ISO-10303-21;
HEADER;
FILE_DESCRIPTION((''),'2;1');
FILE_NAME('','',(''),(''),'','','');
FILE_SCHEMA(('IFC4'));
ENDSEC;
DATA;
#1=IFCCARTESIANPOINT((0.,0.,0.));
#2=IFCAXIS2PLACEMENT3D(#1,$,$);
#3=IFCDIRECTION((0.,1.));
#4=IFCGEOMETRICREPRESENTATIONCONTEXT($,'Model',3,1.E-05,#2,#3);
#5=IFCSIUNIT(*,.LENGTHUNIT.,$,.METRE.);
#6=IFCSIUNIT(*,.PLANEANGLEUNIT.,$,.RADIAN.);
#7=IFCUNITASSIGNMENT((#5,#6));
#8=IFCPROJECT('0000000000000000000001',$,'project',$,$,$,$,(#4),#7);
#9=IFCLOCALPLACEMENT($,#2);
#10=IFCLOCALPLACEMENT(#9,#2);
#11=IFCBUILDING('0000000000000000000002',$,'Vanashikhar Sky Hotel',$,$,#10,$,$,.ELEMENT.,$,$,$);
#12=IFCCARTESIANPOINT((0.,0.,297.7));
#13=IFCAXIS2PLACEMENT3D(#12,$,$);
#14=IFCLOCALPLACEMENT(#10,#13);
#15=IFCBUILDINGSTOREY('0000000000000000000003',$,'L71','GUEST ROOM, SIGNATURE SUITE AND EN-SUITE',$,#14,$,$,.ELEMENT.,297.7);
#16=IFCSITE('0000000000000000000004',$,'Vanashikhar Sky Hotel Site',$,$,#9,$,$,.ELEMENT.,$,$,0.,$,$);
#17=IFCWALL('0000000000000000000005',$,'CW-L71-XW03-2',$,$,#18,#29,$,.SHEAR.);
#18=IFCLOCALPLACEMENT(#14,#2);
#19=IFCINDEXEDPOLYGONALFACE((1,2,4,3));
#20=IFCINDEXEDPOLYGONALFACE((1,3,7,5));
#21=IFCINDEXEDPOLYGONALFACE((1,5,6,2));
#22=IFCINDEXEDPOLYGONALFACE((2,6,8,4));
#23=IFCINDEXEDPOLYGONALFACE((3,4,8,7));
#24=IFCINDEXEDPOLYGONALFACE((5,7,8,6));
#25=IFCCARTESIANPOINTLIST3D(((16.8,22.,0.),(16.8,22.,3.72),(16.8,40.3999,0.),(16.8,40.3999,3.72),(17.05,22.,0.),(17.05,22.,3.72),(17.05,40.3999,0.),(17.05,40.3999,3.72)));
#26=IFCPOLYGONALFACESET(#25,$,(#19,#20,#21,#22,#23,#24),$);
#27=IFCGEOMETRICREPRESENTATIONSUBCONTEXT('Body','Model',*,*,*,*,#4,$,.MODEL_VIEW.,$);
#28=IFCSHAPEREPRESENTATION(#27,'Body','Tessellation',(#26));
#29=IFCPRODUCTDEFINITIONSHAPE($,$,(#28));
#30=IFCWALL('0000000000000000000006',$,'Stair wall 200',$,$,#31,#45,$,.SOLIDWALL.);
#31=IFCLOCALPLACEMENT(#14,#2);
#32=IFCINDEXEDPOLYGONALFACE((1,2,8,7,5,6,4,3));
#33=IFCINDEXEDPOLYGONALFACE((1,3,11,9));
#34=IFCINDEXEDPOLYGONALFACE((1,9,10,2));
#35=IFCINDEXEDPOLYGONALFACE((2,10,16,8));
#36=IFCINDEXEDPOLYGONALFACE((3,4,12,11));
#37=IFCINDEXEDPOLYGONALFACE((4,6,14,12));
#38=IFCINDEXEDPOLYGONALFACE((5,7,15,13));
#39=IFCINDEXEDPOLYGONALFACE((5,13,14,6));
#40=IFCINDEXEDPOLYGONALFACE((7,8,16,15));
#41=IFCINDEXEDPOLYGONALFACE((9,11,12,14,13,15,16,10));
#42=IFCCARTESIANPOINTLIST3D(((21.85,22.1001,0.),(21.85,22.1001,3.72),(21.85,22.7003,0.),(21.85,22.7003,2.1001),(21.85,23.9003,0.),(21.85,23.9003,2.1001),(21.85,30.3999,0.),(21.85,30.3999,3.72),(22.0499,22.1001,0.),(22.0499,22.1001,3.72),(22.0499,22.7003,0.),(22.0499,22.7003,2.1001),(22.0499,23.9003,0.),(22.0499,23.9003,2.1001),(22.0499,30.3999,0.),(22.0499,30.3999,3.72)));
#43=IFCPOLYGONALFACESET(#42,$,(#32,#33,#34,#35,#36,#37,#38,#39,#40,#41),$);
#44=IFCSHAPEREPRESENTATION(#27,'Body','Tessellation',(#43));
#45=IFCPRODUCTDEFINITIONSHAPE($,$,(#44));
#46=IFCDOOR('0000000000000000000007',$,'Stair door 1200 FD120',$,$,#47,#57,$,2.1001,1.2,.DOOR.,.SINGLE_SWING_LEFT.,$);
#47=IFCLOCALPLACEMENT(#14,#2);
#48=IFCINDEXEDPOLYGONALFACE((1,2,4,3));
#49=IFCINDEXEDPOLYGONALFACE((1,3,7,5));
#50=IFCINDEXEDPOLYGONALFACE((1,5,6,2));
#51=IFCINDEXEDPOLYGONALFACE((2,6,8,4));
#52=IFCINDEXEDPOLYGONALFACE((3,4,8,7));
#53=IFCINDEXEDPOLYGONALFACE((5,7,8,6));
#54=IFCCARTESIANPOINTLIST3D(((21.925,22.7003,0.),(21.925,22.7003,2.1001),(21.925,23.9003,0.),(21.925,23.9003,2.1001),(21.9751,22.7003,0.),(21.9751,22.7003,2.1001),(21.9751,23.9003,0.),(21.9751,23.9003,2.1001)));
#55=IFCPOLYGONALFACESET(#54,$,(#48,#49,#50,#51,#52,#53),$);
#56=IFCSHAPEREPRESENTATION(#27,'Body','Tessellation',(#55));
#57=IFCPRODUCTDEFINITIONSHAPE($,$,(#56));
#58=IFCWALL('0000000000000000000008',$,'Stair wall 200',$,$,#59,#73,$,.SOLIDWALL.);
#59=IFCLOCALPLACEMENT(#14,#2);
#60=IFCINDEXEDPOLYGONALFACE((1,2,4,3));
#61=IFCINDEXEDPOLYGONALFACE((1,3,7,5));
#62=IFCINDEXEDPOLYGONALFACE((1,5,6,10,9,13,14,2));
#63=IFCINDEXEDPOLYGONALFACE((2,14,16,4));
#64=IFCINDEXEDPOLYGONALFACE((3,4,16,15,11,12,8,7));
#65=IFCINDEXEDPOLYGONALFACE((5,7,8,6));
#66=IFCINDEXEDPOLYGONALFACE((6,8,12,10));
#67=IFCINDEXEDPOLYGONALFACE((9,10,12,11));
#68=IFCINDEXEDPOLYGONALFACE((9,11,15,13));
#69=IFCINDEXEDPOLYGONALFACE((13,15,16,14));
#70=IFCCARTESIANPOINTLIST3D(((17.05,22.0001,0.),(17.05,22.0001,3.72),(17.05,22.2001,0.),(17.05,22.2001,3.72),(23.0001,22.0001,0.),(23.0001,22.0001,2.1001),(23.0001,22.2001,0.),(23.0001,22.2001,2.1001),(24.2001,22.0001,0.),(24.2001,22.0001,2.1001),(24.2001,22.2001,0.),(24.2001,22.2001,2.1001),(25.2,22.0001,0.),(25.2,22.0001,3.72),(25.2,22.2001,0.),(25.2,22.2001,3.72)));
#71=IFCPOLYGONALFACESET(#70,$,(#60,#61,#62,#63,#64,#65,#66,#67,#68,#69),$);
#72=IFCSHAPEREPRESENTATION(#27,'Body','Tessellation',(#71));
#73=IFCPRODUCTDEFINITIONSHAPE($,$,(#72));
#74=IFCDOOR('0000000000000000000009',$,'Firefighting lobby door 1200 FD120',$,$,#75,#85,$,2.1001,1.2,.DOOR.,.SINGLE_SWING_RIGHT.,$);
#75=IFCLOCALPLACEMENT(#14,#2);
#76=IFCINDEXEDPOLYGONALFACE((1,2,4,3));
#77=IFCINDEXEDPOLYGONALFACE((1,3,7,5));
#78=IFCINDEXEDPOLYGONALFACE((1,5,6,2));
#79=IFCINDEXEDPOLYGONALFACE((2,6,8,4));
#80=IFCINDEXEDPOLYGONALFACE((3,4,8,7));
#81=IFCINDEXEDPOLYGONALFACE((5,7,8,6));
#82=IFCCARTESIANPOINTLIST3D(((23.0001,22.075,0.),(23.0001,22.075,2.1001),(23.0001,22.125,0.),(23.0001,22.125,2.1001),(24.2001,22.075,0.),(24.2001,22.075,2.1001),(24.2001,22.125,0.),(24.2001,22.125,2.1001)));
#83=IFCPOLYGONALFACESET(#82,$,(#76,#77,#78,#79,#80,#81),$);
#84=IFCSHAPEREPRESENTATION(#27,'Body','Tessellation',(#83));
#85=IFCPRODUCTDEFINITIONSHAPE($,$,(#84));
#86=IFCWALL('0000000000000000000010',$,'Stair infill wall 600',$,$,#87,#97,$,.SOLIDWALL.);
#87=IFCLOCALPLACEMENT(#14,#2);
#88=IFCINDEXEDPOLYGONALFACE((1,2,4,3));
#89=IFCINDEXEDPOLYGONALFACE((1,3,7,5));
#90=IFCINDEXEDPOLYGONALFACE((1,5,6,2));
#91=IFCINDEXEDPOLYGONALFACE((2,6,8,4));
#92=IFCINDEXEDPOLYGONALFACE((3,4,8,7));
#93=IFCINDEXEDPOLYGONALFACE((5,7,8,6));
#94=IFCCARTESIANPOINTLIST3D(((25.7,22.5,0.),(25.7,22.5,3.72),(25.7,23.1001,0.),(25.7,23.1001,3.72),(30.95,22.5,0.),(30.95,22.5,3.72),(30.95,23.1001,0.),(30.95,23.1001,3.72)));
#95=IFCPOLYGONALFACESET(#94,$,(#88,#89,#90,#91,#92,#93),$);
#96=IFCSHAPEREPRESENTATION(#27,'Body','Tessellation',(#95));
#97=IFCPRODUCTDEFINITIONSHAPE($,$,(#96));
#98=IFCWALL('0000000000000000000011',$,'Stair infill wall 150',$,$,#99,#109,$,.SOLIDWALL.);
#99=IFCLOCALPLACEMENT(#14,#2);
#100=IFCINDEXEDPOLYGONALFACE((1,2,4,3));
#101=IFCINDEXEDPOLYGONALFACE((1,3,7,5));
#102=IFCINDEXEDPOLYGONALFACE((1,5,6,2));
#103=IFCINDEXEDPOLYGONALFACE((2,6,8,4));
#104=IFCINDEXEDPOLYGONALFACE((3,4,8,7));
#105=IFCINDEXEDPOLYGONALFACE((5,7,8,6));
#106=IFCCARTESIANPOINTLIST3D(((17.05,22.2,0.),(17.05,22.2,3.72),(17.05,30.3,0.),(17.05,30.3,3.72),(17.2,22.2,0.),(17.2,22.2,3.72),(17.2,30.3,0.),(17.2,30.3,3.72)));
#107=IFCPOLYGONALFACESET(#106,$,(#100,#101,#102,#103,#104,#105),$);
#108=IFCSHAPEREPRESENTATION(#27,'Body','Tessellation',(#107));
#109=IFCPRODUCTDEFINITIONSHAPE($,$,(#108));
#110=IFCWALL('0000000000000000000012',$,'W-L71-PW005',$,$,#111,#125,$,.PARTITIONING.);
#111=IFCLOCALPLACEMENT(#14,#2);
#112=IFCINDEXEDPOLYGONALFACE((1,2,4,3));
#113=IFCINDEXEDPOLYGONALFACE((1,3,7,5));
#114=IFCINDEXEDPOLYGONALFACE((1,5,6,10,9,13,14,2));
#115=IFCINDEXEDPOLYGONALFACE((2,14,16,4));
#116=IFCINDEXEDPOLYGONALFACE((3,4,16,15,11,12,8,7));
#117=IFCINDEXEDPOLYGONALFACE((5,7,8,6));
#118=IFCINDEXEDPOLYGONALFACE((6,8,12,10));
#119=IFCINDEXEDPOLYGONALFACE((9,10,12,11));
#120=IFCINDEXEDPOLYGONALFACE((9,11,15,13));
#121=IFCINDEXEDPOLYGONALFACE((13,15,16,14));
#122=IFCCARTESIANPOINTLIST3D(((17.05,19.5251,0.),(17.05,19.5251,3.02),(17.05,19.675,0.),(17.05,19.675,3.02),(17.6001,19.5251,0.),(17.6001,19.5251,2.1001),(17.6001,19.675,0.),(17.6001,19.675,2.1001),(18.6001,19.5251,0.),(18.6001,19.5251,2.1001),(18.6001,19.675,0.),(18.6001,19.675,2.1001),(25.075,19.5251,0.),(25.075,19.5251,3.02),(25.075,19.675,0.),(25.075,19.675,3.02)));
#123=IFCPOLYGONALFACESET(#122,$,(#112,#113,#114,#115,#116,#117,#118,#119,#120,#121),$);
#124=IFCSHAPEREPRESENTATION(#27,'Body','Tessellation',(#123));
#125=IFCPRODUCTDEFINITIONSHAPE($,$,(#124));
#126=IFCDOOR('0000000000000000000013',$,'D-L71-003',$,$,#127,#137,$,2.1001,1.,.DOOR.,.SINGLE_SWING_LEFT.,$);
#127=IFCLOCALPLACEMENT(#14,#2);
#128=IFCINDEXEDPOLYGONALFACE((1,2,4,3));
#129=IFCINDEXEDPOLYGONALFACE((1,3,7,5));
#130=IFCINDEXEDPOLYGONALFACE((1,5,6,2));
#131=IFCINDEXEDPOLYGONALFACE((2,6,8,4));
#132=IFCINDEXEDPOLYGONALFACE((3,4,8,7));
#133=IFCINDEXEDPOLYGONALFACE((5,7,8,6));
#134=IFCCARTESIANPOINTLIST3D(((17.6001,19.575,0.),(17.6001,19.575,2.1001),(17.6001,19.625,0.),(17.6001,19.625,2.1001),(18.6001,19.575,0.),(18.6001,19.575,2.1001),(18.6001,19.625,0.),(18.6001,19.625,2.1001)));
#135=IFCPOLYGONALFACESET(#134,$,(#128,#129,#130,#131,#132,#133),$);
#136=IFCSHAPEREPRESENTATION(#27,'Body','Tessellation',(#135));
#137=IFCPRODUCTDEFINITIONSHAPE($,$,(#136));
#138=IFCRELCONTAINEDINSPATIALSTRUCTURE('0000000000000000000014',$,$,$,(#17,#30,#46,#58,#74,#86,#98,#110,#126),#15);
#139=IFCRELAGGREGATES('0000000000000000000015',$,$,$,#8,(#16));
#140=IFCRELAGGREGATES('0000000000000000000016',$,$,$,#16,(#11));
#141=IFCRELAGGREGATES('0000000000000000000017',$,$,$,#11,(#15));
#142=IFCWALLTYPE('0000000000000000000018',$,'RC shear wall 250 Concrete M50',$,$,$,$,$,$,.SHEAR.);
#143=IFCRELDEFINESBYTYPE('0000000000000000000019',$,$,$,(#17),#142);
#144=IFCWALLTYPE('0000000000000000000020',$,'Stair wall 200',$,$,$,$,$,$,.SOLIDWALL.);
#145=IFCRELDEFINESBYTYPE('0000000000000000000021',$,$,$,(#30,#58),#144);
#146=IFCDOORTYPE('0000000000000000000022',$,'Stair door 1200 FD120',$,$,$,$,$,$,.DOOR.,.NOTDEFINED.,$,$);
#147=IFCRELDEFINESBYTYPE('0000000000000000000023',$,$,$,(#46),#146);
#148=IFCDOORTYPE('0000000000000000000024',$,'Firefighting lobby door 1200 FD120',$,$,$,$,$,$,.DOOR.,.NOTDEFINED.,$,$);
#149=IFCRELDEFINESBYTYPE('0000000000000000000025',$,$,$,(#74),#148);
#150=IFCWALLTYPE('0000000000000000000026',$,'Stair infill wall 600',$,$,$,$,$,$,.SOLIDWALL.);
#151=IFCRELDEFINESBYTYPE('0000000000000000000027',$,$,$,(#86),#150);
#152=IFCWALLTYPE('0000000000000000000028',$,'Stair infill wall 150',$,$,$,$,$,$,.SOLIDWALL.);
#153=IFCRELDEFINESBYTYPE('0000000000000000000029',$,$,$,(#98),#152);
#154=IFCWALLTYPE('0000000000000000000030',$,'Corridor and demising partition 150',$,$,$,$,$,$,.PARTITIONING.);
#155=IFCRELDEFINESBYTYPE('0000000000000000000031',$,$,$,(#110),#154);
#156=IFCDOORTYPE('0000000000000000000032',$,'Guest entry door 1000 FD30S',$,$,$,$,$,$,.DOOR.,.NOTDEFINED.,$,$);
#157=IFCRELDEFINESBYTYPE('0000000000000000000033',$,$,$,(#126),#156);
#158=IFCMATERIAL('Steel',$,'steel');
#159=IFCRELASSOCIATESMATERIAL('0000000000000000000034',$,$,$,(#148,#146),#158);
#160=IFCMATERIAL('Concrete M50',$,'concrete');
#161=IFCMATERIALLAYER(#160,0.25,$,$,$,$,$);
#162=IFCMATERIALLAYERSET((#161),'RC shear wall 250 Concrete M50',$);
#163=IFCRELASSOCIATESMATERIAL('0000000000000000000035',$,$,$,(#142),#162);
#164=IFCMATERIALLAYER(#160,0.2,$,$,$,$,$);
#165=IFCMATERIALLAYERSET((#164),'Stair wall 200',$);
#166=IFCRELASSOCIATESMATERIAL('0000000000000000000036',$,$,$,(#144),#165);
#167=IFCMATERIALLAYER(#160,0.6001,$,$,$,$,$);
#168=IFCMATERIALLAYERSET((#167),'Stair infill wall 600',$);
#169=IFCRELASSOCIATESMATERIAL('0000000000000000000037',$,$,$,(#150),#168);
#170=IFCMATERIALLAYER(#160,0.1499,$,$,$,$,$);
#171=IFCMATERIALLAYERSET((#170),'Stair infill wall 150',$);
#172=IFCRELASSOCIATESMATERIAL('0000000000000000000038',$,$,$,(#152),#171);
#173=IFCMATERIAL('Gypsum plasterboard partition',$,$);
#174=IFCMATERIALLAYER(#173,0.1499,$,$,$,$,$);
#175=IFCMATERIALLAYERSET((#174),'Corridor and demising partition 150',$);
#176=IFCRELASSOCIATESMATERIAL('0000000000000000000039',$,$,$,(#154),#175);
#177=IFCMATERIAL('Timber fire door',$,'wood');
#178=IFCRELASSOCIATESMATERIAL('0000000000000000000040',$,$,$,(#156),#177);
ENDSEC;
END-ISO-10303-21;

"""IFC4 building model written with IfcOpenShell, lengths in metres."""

from ifc_helpers import new_model, si_unit, direction, frame, frame_2d, origin, place, context, subcontext, project, spatial, rectangle, extrude, source, transform, mapped, material, layer, layer_set, type_object, element, fill, save


model = new_model("IFC4")

# Units and contexts
model_context = context("Model", 3, precision=1e-05, world=origin(), true_north=direction((0.0, 1.0)))
body_context = subcontext(model_context, "Body", "Model", "MODEL_VIEW")
ifc_project = project(units=[si_unit("LENGTHUNIT", "METRE"), si_unit("PLANEANGLEUNIT", "RADIAN")], contexts=[model_context])

# Site, building, storey
site_placement = place(None, origin())
site = spatial("IfcSite", under=ifc_project, at=site_placement, Name="Vanashikhar Sky Hotel Site", CompositionType="ELEMENT", RefElevation=0.0)
building_placement = place(site_placement, origin())
building = spatial("IfcBuilding", under=site, at=building_placement, Name="Vanashikhar Sky Hotel", CompositionType="ELEMENT")
storey_placement = place(building_placement, frame((0.0, 0.0, 297.7)))
storey = spatial("IfcBuildingStorey", under=building, at=storey_placement, Name="L71", Description="GUEST ROOM, SIGNATURE SUITE AND EN-SUITE", CompositionType="ELEMENT", Elevation=297.7)

# Shared definitions
ifc_material_1 = material(Name="Concrete M50", Category="concrete")

# Shared definitions
ifc_material_2 = material(Name="Steel", Category="steel")
door_type_1 = type_object("IfcDoorType", Name="Firefighting lobby door 1200 FD120", OperationType="NOTDEFINED", PredefinedType="DOOR", material=ifc_material_2)

# Wall
ifc_layer_1 = layer(ifc_material_1, 0.25)
ifc_layer_set_1 = layer_set([ifc_layer_1], Name="RC shear wall 250 Concrete M50")
wall_type_1 = type_object("IfcWallType", Name="RC shear wall 250 Concrete M50", PredefinedType="SHEAR", material=ifc_layer_set_1)
shared_shape_1 = source(origin(), body_context, "Body", "SweptSolid", [
    extrude(rectangle(XDim=18.3999, YDim=0.25, at=frame_2d((9.2, 0.0))), origin(), (0.0, 0.0, 1.0), 3.72),
])
wall_1_placement = place(storey_placement, frame((16.925, 22.0, 0.0), z_axis=(0.0, 0.0, 1.0), x_axis=(0.0, 1.0, 0.0)))
element("IfcWall", 1, at=wall_1_placement, inside=storey, type_object=wall_type_1, Name="CW-L71-XW03-2", PredefinedType="SHEAR", context=body_context, shape_type="MappedRepresentation", body=[
    mapped(shared_shape_1, transform((0.0, 0.0, 0.0), scale=1.0)),
])

# Walls, openings, doors
ifc_layer_2 = layer(ifc_material_1, 0.2)
ifc_layer_set_2 = layer_set([ifc_layer_2], Name="Stair wall 200")
wall_type_2 = type_object("IfcWallType", Name="Stair wall 200", PredefinedType="SOLIDWALL", material=ifc_layer_set_2)
shared_shape_2 = source(origin(), body_context, "Body", "SweptSolid", [
    extrude(rectangle(XDim=8.2998, YDim=0.2, at=frame_2d((4.1499, 0.0))), origin(), (0.0, 0.0, 1.0), 3.72),
])
wall_2_placement = place(storey_placement, frame((21.95, 22.1001, 0.0), z_axis=(0.0, 0.0, 1.0), x_axis=(0.0, 1.0, 0.0)))
wall_2 = element("IfcWall", 2, at=wall_2_placement, inside=storey, type_object=wall_type_2, Name="Stair wall 200", PredefinedType="SOLIDWALL", context=body_context, shape_type="MappedRepresentation", body=[
    mapped(shared_shape_2, transform((0.0, 0.0, 0.0), scale=1.0)),
])
shared_shape_3 = source(origin(), body_context, "Body", "SweptSolid", [
    extrude(rectangle(XDim=1.2, YDim=2.1001, at=frame_2d((0.6001, 1.05))), frame((0.0, 0.1099, 0.0), z_axis=(0.0, -1.0, 0.0), x_axis=(1.0, 0.0, 0.0)), (0.0, 0.0, 1.0), 0.22),
])
opening_1_placement = place(wall_2_placement, frame((0.6001, 0.0, 0.0)))
opening_1 = element("IfcOpeningElement", 3, at=opening_1_placement, cuts=wall_2, PredefinedType="OPENING", context=body_context, shape_type="MappedRepresentation", body=[
    mapped(shared_shape_3, transform((0.0, 0.0, 0.0), scale=1.0)),
])
door_type_2 = type_object("IfcDoorType", Name="Stair door 1200 FD120", OperationType="NOTDEFINED", PredefinedType="DOOR", material=ifc_material_2)
shared_shape_4 = source(origin(), body_context, "Body", "SweptSolid", [
    extrude(rectangle(XDim=1.2, YDim=2.1001, at=frame_2d((0.6001, 1.05))), frame((0.0, 0.0249, 0.0), z_axis=(0.0, -1.0, 0.0), x_axis=(1.0, 0.0, 0.0)), (0.0, 0.0, 1.0), 0.05),
])
door_1_placement = place(opening_1_placement, origin())
door_1 = element("IfcDoor", 4, at=door_1_placement, inside=storey, type_object=door_type_2, Name="Stair door 1200 FD120", OperationType="SINGLE_SWING_LEFT", OverallHeight=2.1001, OverallWidth=1.2, PredefinedType="DOOR", context=body_context, shape_type="MappedRepresentation", body=[
    mapped(shared_shape_4, transform((0.0, 0.0, 0.0), scale=1.0)),
])
fill(opening_1, door_1)
shared_shape_5 = source(origin(), body_context, "Body", "SweptSolid", [
    extrude(rectangle(XDim=8.1499, YDim=0.2, at=frame_2d((4.075, 0.0))), origin(), (0.0, 0.0, 1.0), 3.72),
])
wall_3_placement = place(storey_placement, frame((17.05, 22.1001, 0.0), z_axis=(0.0, 0.0, 1.0), x_axis=(1.0, 0.0, 0.0)))
wall_3 = element("IfcWall", 5, at=wall_3_placement, inside=storey, type_object=wall_type_2, Name="Stair wall 200", PredefinedType="SOLIDWALL", context=body_context, shape_type="MappedRepresentation", body=[
    mapped(shared_shape_5, transform((0.0, 0.0, 0.0), scale=1.0)),
])
opening_2_placement = place(wall_3_placement, frame((5.95, 0.0, 0.0)))
opening_2 = element("IfcOpeningElement", 6, at=opening_2_placement, cuts=wall_3, PredefinedType="OPENING", context=body_context, shape_type="MappedRepresentation", body=[
    mapped(shared_shape_3, transform((0.0, 0.0, 0.0), scale=1.0)),
])
door_2_placement = place(opening_2_placement, origin())
door_2 = element("IfcDoor", 7, at=door_2_placement, inside=storey, type_object=door_type_1, Name="Firefighting lobby door 1200 FD120", OperationType="SINGLE_SWING_RIGHT", OverallHeight=2.1001, OverallWidth=1.2, PredefinedType="DOOR", context=body_context, shape_type="MappedRepresentation", body=[
    mapped(shared_shape_4, transform((0.0, 0.0, 0.0), scale=1.0)),
])
fill(opening_2, door_2)

# Walls
ifc_layer_3 = layer(ifc_material_1, 0.6001)
ifc_layer_set_3 = layer_set([ifc_layer_3], Name="Stair infill wall 600")
wall_type_3 = type_object("IfcWallType", Name="Stair infill wall 600", PredefinedType="SOLIDWALL", material=ifc_layer_set_3)
shared_shape_6 = source(origin(), body_context, "Body", "SweptSolid", [
    extrude(rectangle(XDim=5.25, YDim=0.6001, at=frame_2d((2.625, 0.0))), origin(), (0.0, 0.0, 1.0), 3.72),
])
wall_4_placement = place(storey_placement, frame((25.7, 22.8, 0.0), z_axis=(0.0, 0.0, 1.0), x_axis=(1.0, 0.0, 0.0)))
element("IfcWall", 8, at=wall_4_placement, inside=storey, type_object=wall_type_3, Name="Stair infill wall 600", PredefinedType="SOLIDWALL", context=body_context, shape_type="MappedRepresentation", body=[
    mapped(shared_shape_6, transform((0.0, 0.0, 0.0), scale=1.0)),
])
ifc_layer_4 = layer(ifc_material_1, 0.1499)
ifc_layer_set_4 = layer_set([ifc_layer_4], Name="Stair infill wall 150")
wall_type_4 = type_object("IfcWallType", Name="Stair infill wall 150", PredefinedType="SOLIDWALL", material=ifc_layer_set_4)
shared_shape_7 = source(origin(), body_context, "Body", "SweptSolid", [
    extrude(rectangle(XDim=8.1001, YDim=0.1499, at=frame_2d((4.05, 0.0))), origin(), (0.0, 0.0, 1.0), 3.72),
])
wall_5_placement = place(storey_placement, frame((17.125, 22.2, 0.0), z_axis=(0.0, 0.0, 1.0), x_axis=(0.0, 1.0, 0.0)))
element("IfcWall", 9, at=wall_5_placement, inside=storey, type_object=wall_type_4, Name="Stair infill wall 150", PredefinedType="SOLIDWALL", context=body_context, shape_type="MappedRepresentation", body=[
    mapped(shared_shape_7, transform((0.0, 0.0, 0.0), scale=1.0)),
])

# Wall, opening, door
ifc_material_3 = material(Name="Gypsum plasterboard partition")
ifc_layer_5 = layer(ifc_material_3, 0.1499)
ifc_layer_set_5 = layer_set([ifc_layer_5], Name="Corridor and demising partition 150")
wall_type_5 = type_object("IfcWallType", Name="Corridor and demising partition 150", PredefinedType="PARTITIONING", material=ifc_layer_set_5)
shared_shape_8 = source(origin(), body_context, "Body", "SweptSolid", [
    extrude(rectangle(XDim=8.0249, YDim=0.1499, at=frame_2d((4.0125, 0.0))), origin(), (0.0, 0.0, 1.0), 3.02),
])
wall_6_placement = place(storey_placement, frame((17.05, 19.6001, 0.0), z_axis=(0.0, 0.0, 1.0), x_axis=(1.0, 0.0, 0.0)))
wall_6 = element("IfcWall", 10, at=wall_6_placement, inside=storey, type_object=wall_type_5, Name="W-L71-PW005", PredefinedType="PARTITIONING", context=body_context, shape_type="MappedRepresentation", body=[
    mapped(shared_shape_8, transform((0.0, 0.0, 0.0), scale=1.0)),
])
shared_shape_9 = source(origin(), body_context, "Body", "SweptSolid", [
    extrude(rectangle(XDim=1.0, YDim=2.1001, at=frame_2d((0.5, 1.05))), frame((0.0, 0.085, 0.0), z_axis=(0.0, -1.0, 0.0), x_axis=(1.0, 0.0, 0.0)), (0.0, 0.0, 1.0), 0.1699),
])
opening_3_placement = place(wall_6_placement, frame((0.55, 0.0, 0.0)))
opening_3 = element("IfcOpeningElement", 11, at=opening_3_placement, cuts=wall_6, PredefinedType="OPENING", context=body_context, shape_type="MappedRepresentation", body=[
    mapped(shared_shape_9, transform((0.0, 0.0, 0.0), scale=1.0)),
])
ifc_material_4 = material(Name="Timber fire door", Category="wood")
door_type_3 = type_object("IfcDoorType", Name="Guest entry door 1000 FD30S", OperationType="NOTDEFINED", PredefinedType="DOOR", material=ifc_material_4)
shared_shape_10 = source(origin(), body_context, "Body", "SweptSolid", [
    extrude(rectangle(XDim=1.0, YDim=2.1001, at=frame_2d((0.5, 1.05))), frame((0.0, 0.0249, 0.0), z_axis=(0.0, -1.0, 0.0), x_axis=(1.0, 0.0, 0.0)), (0.0, 0.0, 1.0), 0.05),
])
door_3_placement = place(opening_3_placement, origin())
door_3 = element("IfcDoor", 12, at=door_3_placement, inside=storey, type_object=door_type_3, Name="D-L71-003", OperationType="SINGLE_SWING_LEFT", OverallHeight=2.1001, OverallWidth=1.0, PredefinedType="DOOR", context=body_context, shape_type="MappedRepresentation", body=[
    mapped(shared_shape_10, transform((0.0, 0.0, 0.0), scale=1.0)),
])
fill(opening_3, door_3)

save(model, "model.ifc")
